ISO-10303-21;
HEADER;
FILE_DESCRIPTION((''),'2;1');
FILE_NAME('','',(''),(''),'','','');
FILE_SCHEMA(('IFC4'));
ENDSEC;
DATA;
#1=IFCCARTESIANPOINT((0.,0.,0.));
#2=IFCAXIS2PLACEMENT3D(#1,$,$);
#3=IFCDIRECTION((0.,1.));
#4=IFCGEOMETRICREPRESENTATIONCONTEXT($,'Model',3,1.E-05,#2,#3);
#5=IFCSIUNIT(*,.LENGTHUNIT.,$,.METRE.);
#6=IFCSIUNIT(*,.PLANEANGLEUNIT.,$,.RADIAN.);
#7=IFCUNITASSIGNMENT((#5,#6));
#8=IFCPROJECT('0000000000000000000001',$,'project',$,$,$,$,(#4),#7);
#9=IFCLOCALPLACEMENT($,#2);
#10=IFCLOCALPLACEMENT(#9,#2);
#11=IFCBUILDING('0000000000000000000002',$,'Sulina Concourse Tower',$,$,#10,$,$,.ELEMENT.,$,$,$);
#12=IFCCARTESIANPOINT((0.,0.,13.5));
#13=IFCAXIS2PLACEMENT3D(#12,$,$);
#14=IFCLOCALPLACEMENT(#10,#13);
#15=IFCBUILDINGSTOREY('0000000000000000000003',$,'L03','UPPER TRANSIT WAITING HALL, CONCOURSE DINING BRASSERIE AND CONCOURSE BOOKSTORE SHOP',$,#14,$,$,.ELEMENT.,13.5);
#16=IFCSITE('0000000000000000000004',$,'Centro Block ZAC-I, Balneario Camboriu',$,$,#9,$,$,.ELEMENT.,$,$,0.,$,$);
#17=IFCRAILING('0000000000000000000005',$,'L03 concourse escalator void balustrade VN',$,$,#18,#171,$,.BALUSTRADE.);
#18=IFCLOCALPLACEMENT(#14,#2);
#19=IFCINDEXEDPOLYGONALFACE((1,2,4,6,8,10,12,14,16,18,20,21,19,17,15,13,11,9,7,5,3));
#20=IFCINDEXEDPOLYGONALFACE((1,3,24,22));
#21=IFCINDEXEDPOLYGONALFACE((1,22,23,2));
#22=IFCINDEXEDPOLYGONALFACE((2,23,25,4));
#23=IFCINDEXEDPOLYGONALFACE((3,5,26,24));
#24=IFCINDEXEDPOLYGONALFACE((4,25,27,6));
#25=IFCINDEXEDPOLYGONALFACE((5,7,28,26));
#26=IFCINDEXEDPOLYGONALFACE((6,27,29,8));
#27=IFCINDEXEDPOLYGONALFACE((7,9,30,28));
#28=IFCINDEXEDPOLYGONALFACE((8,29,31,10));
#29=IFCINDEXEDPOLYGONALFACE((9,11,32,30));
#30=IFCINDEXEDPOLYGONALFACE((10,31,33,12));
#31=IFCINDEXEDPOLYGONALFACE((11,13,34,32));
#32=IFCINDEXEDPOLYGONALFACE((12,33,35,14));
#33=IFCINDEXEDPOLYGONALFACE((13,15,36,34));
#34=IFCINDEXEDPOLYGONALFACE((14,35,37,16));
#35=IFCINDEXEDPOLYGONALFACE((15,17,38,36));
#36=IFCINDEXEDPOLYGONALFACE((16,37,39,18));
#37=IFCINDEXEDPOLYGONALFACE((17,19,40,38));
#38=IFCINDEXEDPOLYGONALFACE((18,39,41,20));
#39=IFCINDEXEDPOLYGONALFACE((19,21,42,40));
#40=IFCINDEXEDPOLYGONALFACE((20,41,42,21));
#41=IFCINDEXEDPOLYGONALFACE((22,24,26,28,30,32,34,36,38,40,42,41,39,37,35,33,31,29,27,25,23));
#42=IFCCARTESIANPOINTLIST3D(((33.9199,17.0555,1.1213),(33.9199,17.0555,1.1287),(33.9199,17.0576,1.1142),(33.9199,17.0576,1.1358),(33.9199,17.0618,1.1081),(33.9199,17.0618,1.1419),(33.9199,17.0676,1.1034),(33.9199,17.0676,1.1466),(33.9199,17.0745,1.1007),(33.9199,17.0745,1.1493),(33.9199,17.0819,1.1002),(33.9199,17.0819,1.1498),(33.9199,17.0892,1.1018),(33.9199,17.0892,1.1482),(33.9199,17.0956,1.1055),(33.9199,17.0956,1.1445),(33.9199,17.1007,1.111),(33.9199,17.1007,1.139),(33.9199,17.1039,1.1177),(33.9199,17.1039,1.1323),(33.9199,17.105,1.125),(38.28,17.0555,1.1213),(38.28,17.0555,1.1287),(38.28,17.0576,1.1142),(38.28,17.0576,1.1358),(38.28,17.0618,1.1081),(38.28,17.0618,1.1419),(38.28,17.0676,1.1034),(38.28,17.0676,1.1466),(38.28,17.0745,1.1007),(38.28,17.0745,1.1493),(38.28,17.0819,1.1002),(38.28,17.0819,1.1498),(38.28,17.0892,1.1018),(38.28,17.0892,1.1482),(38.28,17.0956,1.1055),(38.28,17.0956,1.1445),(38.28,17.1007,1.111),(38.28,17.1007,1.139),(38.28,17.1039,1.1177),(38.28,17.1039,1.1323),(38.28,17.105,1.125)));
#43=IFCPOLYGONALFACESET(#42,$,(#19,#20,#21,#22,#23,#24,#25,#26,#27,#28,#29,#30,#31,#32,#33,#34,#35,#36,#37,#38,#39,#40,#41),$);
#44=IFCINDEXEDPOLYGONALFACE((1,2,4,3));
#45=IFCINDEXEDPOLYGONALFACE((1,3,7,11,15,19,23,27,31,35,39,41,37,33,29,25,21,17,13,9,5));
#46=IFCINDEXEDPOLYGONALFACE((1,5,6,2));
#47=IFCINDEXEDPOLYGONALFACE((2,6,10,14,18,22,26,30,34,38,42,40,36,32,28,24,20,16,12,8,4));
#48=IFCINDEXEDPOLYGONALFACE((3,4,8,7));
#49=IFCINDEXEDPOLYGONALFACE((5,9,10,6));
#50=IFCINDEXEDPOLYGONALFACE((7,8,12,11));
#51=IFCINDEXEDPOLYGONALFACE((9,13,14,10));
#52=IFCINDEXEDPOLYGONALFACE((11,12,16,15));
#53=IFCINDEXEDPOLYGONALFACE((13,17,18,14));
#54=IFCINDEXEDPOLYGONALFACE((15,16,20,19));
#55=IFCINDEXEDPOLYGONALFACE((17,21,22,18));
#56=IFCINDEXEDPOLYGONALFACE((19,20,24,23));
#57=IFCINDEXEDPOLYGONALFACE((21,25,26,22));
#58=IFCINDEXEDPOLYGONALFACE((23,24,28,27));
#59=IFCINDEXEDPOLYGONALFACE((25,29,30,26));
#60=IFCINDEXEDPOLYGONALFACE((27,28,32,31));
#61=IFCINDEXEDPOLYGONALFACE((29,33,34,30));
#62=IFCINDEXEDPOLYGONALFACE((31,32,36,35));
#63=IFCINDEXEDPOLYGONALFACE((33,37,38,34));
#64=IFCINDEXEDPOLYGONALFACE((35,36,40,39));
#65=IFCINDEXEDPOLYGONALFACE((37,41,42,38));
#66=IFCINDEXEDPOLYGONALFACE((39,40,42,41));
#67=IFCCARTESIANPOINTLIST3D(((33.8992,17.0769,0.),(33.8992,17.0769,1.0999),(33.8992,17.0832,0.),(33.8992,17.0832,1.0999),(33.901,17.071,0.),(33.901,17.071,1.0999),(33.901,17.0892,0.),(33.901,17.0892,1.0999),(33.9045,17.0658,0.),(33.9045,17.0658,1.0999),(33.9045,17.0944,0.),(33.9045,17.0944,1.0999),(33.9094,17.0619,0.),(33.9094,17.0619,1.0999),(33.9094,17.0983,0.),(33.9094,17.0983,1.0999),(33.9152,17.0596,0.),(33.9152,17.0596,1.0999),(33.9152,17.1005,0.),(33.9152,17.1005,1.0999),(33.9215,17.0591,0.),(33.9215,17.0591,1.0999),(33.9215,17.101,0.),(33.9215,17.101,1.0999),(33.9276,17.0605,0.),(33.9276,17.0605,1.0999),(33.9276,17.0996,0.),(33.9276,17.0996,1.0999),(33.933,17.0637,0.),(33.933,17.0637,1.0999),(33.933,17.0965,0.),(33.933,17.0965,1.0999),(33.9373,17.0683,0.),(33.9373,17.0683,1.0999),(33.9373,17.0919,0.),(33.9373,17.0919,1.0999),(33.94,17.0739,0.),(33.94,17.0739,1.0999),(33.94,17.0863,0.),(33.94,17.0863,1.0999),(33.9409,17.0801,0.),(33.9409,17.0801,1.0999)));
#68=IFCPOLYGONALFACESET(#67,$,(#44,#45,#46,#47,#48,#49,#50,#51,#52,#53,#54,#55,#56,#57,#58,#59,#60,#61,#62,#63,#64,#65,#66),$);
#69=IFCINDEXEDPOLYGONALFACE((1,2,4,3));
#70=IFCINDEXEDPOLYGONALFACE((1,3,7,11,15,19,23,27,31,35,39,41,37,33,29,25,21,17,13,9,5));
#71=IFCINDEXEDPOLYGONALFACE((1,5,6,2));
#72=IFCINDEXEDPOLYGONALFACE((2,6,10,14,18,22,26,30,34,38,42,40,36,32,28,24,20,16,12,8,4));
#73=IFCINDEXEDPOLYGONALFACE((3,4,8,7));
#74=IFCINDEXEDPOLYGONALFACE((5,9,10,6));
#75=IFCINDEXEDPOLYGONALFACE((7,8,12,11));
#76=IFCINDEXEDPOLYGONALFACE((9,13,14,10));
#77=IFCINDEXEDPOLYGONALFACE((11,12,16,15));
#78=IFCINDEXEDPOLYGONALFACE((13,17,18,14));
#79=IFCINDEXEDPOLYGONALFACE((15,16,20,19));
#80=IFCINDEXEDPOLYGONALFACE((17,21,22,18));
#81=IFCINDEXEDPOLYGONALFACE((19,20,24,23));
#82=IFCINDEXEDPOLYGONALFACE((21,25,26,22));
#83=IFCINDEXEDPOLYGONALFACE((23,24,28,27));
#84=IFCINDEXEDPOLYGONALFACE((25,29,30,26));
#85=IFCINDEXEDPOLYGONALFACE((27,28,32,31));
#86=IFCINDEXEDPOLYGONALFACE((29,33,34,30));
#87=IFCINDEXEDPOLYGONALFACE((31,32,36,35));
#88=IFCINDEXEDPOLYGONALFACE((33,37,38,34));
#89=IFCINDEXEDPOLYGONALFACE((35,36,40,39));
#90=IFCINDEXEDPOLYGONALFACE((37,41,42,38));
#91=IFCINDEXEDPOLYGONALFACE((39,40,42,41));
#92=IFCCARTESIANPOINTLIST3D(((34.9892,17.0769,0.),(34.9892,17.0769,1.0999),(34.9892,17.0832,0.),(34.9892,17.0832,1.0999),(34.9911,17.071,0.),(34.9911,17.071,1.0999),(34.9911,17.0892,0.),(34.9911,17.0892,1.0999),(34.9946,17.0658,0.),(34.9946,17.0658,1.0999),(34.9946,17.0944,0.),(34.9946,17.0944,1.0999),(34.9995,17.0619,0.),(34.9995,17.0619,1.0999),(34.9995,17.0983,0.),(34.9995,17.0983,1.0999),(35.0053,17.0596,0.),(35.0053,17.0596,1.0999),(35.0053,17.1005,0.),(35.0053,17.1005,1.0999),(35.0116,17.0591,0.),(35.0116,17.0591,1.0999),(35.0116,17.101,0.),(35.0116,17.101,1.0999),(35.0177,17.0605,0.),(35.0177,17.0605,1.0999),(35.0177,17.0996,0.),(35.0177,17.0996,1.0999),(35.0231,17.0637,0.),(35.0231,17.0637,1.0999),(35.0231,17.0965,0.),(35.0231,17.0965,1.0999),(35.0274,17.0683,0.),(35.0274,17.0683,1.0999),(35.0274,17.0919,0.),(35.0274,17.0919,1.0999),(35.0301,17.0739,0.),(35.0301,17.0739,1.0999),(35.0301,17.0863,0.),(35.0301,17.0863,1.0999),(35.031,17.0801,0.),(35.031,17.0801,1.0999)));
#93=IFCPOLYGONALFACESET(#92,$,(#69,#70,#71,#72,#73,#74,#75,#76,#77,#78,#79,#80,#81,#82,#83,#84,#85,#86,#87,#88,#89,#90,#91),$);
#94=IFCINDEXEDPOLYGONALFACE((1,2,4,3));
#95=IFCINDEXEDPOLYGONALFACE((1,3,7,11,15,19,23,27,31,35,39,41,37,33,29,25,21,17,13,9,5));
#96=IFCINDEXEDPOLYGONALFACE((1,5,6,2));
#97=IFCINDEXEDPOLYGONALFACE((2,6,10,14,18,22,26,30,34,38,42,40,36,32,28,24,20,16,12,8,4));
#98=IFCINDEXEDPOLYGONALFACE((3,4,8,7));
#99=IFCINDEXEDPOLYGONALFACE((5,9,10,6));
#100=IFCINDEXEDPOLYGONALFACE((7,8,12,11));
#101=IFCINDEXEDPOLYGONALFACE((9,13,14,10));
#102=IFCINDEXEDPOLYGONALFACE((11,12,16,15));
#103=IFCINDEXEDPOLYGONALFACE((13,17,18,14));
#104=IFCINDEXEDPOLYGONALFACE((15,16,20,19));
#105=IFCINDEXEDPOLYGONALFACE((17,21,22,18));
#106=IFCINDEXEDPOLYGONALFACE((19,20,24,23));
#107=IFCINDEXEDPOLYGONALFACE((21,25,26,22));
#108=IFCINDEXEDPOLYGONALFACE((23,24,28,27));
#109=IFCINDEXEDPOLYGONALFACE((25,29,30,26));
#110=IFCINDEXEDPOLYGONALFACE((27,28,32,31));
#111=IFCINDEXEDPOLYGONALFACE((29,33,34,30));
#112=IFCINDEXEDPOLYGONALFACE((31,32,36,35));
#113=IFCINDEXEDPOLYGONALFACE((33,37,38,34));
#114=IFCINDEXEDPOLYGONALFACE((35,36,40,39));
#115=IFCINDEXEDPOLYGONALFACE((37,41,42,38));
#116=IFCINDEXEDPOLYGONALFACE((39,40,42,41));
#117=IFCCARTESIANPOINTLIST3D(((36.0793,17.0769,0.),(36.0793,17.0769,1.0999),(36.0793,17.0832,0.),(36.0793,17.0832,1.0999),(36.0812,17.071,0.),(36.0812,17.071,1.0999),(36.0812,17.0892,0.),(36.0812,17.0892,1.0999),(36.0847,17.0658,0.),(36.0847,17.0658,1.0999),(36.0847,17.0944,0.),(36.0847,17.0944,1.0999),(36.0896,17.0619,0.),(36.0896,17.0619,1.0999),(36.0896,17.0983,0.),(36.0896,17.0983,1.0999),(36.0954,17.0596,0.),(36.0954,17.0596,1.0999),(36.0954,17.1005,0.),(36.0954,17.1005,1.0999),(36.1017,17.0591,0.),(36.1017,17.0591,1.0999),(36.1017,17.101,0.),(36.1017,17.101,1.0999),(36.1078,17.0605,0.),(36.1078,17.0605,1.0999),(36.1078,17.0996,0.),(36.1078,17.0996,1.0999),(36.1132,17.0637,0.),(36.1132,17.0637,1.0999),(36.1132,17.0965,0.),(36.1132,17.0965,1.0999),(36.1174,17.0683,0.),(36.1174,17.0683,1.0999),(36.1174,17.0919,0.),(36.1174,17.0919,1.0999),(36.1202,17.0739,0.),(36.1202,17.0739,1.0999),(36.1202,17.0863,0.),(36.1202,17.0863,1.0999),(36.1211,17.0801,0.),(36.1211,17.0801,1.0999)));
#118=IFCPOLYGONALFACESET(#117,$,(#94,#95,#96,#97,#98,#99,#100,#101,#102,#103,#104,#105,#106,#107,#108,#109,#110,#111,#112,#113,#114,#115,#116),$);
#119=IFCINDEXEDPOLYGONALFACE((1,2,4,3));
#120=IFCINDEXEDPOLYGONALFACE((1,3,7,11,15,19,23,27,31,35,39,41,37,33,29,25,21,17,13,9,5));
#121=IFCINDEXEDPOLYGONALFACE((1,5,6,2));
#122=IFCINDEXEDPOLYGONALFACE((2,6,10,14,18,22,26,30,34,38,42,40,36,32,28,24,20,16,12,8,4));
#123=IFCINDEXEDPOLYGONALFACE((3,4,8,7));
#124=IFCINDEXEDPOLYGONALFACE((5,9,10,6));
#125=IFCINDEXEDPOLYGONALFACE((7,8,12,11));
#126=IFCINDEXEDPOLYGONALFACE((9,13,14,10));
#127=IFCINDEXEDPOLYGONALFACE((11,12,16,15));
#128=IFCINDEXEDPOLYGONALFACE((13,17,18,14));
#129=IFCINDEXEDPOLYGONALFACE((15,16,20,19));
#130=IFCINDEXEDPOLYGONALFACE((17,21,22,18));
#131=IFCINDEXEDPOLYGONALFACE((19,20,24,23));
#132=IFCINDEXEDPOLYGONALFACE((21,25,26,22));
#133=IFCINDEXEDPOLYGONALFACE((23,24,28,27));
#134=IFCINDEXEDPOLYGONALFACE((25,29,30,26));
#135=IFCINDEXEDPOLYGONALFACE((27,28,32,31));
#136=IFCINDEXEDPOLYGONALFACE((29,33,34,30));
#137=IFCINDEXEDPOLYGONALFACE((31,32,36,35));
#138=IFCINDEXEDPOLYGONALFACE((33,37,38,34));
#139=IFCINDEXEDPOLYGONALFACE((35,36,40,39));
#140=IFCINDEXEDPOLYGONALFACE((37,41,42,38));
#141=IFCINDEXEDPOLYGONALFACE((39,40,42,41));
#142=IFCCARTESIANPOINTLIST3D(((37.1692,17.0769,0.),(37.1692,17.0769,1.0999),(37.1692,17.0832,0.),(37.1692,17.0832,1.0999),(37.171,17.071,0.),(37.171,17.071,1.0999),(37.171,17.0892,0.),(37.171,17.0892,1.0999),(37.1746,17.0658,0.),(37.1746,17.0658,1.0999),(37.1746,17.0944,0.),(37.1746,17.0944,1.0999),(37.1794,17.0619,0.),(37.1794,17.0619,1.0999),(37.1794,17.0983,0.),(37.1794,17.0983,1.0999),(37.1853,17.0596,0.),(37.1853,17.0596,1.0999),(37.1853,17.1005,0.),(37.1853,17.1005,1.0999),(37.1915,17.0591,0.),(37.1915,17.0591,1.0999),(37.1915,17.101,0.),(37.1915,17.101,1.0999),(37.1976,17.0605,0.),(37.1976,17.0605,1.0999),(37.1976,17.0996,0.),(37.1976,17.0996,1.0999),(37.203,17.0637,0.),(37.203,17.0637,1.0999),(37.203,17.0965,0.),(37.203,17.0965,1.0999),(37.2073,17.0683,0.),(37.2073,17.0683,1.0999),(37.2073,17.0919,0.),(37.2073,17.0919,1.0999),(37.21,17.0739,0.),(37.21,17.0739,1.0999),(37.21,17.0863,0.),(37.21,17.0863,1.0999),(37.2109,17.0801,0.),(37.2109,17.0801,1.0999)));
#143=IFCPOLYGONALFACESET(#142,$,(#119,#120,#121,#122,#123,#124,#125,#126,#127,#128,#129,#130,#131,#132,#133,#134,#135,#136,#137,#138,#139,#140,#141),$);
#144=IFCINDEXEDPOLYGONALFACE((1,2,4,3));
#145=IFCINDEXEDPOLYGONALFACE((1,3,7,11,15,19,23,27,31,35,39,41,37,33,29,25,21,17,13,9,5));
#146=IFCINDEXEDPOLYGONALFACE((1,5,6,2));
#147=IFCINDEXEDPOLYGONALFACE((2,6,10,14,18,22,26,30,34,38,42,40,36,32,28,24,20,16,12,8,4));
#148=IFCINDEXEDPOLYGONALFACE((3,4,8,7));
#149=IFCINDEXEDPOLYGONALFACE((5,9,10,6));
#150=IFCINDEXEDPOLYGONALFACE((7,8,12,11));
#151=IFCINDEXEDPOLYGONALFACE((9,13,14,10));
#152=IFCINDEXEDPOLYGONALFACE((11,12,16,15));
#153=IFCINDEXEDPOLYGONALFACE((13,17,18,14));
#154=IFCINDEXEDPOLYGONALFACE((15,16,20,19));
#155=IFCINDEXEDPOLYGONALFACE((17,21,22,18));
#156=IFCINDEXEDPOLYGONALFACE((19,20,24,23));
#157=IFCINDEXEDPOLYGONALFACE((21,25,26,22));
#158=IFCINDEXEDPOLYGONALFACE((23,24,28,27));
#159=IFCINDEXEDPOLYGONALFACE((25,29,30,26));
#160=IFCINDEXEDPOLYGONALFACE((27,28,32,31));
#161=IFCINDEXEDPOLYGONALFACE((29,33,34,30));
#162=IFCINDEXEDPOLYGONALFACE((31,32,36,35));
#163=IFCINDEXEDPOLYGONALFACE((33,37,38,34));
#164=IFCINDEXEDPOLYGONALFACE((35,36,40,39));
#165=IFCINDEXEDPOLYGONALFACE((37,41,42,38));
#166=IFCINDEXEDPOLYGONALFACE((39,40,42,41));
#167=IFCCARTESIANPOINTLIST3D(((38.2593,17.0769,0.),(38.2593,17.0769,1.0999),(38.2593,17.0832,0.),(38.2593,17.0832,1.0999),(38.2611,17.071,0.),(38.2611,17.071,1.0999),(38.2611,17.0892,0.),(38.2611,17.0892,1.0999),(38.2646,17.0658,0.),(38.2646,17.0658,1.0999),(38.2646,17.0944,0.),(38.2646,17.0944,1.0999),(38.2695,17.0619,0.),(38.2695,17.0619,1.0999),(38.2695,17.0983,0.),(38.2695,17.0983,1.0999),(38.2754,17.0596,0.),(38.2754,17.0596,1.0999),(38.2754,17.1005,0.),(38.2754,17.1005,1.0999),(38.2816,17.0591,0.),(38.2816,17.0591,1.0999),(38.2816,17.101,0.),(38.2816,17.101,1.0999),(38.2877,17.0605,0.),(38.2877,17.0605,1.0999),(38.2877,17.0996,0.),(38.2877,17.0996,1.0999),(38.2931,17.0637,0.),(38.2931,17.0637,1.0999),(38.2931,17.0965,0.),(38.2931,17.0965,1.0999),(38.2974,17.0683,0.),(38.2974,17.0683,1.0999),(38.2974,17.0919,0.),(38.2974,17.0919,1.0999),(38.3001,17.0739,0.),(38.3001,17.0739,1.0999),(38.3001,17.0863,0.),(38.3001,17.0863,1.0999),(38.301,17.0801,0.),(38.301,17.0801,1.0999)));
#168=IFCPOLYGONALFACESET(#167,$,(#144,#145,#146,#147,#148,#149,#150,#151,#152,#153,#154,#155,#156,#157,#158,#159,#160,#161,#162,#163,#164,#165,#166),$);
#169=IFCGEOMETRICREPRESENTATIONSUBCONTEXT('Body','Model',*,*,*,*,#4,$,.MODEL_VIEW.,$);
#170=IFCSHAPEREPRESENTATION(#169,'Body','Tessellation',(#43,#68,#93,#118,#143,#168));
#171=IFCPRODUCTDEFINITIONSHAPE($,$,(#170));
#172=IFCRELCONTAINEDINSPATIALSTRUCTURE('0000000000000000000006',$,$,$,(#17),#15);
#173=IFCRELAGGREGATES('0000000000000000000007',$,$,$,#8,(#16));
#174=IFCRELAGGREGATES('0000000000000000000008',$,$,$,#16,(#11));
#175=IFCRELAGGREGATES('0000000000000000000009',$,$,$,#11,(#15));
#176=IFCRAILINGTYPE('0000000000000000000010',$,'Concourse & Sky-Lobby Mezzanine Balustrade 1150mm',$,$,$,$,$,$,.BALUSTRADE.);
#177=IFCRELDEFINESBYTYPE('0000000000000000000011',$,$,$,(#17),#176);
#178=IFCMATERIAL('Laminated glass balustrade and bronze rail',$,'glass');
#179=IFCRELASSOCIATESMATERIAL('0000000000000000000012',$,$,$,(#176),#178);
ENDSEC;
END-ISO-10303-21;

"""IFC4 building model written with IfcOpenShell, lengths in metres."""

from ifc_helpers import new_model, si_unit, direction, frame, origin, origin_2d, place, context, subcontext, project, spatial, circle, extrude, material, type_object, element, save


model = new_model("IFC4")

# Units and contexts
model_context = context("Model", 3, precision=1e-05, world=origin(), true_north=direction((0.0, 1.0)))
body_context = subcontext(model_context, "Body", "Model", "MODEL_VIEW")
ifc_project = project(units=[si_unit("LENGTHUNIT", "METRE"), si_unit("PLANEANGLEUNIT", "RADIAN")], contexts=[model_context])

# Site, building, storey
site_placement = place(None, origin())
site = spatial("IfcSite", under=ifc_project, at=site_placement, Name="Centro Block ZAC-I, Balneario Camboriu", CompositionType="ELEMENT", RefElevation=0.0)
building_placement = place(site_placement, origin())
building = spatial("IfcBuilding", under=site, at=building_placement, Name="Sulina Concourse Tower", CompositionType="ELEMENT")
storey_placement = place(building_placement, frame((0.0, 0.0, 13.5)))
storey = spatial("IfcBuildingStorey", under=building, at=storey_placement, Name="L03", Description="UPPER TRANSIT WAITING HALL, CONCOURSE DINING BRASSERIE AND CONCOURSE BOOKSTORE SHOP", CompositionType="ELEMENT", Elevation=13.5)

# Railing
ifc_material_1 = material(Name="Laminated glass balustrade and bronze rail", Category="glass")
railing_type = type_object("IfcRailingType", Name="Concourse & Sky-Lobby Mezzanine Balustrade 1150mm", PredefinedType="BALUSTRADE", material=ifc_material_1)
for number, where, name in (
    (1, (33.9199, 17.0801, 0.0), "L03 concourse escalator void balustrade VN"),
):
    element("IfcRailing", number, at=place(storey_placement, frame(where)), inside=storey, type_object=railing_type, Name=name, PredefinedType="BALUSTRADE", context=body_context, shape_type="SweptSolid", body=[
        extrude(circle(Radius=0.0249, at=origin_2d()), frame((0.0, 0.0, 1.125), z_axis=(1.0, 0.0, 0.0), x_axis=(0.0, 1.0, 0.0)), (0.0, 0.0, 1.0), 4.3601),
        extrude(circle(Radius=0.021, at=origin_2d()), origin(), (0.0, 0.0, 1.0), 1.0999),
        extrude(circle(Radius=0.021, at=origin_2d()), frame((1.0901, 0.0, 0.0)), (0.0, 0.0, 1.0), 1.0999),
        extrude(circle(Radius=0.021, at=origin_2d()), frame((2.1802, 0.0, 0.0)), (0.0, 0.0, 1.0), 1.0999),
        extrude(circle(Radius=0.021, at=origin_2d()), frame((3.27, 0.0, 0.0)), (0.0, 0.0, 1.0), 1.0999),
        extrude(circle(Radius=0.021, at=origin_2d()), frame((4.3601, 0.0, 0.0)), (0.0, 0.0, 1.0), 1.0999),
    ])

save(model, "model.ifc")
